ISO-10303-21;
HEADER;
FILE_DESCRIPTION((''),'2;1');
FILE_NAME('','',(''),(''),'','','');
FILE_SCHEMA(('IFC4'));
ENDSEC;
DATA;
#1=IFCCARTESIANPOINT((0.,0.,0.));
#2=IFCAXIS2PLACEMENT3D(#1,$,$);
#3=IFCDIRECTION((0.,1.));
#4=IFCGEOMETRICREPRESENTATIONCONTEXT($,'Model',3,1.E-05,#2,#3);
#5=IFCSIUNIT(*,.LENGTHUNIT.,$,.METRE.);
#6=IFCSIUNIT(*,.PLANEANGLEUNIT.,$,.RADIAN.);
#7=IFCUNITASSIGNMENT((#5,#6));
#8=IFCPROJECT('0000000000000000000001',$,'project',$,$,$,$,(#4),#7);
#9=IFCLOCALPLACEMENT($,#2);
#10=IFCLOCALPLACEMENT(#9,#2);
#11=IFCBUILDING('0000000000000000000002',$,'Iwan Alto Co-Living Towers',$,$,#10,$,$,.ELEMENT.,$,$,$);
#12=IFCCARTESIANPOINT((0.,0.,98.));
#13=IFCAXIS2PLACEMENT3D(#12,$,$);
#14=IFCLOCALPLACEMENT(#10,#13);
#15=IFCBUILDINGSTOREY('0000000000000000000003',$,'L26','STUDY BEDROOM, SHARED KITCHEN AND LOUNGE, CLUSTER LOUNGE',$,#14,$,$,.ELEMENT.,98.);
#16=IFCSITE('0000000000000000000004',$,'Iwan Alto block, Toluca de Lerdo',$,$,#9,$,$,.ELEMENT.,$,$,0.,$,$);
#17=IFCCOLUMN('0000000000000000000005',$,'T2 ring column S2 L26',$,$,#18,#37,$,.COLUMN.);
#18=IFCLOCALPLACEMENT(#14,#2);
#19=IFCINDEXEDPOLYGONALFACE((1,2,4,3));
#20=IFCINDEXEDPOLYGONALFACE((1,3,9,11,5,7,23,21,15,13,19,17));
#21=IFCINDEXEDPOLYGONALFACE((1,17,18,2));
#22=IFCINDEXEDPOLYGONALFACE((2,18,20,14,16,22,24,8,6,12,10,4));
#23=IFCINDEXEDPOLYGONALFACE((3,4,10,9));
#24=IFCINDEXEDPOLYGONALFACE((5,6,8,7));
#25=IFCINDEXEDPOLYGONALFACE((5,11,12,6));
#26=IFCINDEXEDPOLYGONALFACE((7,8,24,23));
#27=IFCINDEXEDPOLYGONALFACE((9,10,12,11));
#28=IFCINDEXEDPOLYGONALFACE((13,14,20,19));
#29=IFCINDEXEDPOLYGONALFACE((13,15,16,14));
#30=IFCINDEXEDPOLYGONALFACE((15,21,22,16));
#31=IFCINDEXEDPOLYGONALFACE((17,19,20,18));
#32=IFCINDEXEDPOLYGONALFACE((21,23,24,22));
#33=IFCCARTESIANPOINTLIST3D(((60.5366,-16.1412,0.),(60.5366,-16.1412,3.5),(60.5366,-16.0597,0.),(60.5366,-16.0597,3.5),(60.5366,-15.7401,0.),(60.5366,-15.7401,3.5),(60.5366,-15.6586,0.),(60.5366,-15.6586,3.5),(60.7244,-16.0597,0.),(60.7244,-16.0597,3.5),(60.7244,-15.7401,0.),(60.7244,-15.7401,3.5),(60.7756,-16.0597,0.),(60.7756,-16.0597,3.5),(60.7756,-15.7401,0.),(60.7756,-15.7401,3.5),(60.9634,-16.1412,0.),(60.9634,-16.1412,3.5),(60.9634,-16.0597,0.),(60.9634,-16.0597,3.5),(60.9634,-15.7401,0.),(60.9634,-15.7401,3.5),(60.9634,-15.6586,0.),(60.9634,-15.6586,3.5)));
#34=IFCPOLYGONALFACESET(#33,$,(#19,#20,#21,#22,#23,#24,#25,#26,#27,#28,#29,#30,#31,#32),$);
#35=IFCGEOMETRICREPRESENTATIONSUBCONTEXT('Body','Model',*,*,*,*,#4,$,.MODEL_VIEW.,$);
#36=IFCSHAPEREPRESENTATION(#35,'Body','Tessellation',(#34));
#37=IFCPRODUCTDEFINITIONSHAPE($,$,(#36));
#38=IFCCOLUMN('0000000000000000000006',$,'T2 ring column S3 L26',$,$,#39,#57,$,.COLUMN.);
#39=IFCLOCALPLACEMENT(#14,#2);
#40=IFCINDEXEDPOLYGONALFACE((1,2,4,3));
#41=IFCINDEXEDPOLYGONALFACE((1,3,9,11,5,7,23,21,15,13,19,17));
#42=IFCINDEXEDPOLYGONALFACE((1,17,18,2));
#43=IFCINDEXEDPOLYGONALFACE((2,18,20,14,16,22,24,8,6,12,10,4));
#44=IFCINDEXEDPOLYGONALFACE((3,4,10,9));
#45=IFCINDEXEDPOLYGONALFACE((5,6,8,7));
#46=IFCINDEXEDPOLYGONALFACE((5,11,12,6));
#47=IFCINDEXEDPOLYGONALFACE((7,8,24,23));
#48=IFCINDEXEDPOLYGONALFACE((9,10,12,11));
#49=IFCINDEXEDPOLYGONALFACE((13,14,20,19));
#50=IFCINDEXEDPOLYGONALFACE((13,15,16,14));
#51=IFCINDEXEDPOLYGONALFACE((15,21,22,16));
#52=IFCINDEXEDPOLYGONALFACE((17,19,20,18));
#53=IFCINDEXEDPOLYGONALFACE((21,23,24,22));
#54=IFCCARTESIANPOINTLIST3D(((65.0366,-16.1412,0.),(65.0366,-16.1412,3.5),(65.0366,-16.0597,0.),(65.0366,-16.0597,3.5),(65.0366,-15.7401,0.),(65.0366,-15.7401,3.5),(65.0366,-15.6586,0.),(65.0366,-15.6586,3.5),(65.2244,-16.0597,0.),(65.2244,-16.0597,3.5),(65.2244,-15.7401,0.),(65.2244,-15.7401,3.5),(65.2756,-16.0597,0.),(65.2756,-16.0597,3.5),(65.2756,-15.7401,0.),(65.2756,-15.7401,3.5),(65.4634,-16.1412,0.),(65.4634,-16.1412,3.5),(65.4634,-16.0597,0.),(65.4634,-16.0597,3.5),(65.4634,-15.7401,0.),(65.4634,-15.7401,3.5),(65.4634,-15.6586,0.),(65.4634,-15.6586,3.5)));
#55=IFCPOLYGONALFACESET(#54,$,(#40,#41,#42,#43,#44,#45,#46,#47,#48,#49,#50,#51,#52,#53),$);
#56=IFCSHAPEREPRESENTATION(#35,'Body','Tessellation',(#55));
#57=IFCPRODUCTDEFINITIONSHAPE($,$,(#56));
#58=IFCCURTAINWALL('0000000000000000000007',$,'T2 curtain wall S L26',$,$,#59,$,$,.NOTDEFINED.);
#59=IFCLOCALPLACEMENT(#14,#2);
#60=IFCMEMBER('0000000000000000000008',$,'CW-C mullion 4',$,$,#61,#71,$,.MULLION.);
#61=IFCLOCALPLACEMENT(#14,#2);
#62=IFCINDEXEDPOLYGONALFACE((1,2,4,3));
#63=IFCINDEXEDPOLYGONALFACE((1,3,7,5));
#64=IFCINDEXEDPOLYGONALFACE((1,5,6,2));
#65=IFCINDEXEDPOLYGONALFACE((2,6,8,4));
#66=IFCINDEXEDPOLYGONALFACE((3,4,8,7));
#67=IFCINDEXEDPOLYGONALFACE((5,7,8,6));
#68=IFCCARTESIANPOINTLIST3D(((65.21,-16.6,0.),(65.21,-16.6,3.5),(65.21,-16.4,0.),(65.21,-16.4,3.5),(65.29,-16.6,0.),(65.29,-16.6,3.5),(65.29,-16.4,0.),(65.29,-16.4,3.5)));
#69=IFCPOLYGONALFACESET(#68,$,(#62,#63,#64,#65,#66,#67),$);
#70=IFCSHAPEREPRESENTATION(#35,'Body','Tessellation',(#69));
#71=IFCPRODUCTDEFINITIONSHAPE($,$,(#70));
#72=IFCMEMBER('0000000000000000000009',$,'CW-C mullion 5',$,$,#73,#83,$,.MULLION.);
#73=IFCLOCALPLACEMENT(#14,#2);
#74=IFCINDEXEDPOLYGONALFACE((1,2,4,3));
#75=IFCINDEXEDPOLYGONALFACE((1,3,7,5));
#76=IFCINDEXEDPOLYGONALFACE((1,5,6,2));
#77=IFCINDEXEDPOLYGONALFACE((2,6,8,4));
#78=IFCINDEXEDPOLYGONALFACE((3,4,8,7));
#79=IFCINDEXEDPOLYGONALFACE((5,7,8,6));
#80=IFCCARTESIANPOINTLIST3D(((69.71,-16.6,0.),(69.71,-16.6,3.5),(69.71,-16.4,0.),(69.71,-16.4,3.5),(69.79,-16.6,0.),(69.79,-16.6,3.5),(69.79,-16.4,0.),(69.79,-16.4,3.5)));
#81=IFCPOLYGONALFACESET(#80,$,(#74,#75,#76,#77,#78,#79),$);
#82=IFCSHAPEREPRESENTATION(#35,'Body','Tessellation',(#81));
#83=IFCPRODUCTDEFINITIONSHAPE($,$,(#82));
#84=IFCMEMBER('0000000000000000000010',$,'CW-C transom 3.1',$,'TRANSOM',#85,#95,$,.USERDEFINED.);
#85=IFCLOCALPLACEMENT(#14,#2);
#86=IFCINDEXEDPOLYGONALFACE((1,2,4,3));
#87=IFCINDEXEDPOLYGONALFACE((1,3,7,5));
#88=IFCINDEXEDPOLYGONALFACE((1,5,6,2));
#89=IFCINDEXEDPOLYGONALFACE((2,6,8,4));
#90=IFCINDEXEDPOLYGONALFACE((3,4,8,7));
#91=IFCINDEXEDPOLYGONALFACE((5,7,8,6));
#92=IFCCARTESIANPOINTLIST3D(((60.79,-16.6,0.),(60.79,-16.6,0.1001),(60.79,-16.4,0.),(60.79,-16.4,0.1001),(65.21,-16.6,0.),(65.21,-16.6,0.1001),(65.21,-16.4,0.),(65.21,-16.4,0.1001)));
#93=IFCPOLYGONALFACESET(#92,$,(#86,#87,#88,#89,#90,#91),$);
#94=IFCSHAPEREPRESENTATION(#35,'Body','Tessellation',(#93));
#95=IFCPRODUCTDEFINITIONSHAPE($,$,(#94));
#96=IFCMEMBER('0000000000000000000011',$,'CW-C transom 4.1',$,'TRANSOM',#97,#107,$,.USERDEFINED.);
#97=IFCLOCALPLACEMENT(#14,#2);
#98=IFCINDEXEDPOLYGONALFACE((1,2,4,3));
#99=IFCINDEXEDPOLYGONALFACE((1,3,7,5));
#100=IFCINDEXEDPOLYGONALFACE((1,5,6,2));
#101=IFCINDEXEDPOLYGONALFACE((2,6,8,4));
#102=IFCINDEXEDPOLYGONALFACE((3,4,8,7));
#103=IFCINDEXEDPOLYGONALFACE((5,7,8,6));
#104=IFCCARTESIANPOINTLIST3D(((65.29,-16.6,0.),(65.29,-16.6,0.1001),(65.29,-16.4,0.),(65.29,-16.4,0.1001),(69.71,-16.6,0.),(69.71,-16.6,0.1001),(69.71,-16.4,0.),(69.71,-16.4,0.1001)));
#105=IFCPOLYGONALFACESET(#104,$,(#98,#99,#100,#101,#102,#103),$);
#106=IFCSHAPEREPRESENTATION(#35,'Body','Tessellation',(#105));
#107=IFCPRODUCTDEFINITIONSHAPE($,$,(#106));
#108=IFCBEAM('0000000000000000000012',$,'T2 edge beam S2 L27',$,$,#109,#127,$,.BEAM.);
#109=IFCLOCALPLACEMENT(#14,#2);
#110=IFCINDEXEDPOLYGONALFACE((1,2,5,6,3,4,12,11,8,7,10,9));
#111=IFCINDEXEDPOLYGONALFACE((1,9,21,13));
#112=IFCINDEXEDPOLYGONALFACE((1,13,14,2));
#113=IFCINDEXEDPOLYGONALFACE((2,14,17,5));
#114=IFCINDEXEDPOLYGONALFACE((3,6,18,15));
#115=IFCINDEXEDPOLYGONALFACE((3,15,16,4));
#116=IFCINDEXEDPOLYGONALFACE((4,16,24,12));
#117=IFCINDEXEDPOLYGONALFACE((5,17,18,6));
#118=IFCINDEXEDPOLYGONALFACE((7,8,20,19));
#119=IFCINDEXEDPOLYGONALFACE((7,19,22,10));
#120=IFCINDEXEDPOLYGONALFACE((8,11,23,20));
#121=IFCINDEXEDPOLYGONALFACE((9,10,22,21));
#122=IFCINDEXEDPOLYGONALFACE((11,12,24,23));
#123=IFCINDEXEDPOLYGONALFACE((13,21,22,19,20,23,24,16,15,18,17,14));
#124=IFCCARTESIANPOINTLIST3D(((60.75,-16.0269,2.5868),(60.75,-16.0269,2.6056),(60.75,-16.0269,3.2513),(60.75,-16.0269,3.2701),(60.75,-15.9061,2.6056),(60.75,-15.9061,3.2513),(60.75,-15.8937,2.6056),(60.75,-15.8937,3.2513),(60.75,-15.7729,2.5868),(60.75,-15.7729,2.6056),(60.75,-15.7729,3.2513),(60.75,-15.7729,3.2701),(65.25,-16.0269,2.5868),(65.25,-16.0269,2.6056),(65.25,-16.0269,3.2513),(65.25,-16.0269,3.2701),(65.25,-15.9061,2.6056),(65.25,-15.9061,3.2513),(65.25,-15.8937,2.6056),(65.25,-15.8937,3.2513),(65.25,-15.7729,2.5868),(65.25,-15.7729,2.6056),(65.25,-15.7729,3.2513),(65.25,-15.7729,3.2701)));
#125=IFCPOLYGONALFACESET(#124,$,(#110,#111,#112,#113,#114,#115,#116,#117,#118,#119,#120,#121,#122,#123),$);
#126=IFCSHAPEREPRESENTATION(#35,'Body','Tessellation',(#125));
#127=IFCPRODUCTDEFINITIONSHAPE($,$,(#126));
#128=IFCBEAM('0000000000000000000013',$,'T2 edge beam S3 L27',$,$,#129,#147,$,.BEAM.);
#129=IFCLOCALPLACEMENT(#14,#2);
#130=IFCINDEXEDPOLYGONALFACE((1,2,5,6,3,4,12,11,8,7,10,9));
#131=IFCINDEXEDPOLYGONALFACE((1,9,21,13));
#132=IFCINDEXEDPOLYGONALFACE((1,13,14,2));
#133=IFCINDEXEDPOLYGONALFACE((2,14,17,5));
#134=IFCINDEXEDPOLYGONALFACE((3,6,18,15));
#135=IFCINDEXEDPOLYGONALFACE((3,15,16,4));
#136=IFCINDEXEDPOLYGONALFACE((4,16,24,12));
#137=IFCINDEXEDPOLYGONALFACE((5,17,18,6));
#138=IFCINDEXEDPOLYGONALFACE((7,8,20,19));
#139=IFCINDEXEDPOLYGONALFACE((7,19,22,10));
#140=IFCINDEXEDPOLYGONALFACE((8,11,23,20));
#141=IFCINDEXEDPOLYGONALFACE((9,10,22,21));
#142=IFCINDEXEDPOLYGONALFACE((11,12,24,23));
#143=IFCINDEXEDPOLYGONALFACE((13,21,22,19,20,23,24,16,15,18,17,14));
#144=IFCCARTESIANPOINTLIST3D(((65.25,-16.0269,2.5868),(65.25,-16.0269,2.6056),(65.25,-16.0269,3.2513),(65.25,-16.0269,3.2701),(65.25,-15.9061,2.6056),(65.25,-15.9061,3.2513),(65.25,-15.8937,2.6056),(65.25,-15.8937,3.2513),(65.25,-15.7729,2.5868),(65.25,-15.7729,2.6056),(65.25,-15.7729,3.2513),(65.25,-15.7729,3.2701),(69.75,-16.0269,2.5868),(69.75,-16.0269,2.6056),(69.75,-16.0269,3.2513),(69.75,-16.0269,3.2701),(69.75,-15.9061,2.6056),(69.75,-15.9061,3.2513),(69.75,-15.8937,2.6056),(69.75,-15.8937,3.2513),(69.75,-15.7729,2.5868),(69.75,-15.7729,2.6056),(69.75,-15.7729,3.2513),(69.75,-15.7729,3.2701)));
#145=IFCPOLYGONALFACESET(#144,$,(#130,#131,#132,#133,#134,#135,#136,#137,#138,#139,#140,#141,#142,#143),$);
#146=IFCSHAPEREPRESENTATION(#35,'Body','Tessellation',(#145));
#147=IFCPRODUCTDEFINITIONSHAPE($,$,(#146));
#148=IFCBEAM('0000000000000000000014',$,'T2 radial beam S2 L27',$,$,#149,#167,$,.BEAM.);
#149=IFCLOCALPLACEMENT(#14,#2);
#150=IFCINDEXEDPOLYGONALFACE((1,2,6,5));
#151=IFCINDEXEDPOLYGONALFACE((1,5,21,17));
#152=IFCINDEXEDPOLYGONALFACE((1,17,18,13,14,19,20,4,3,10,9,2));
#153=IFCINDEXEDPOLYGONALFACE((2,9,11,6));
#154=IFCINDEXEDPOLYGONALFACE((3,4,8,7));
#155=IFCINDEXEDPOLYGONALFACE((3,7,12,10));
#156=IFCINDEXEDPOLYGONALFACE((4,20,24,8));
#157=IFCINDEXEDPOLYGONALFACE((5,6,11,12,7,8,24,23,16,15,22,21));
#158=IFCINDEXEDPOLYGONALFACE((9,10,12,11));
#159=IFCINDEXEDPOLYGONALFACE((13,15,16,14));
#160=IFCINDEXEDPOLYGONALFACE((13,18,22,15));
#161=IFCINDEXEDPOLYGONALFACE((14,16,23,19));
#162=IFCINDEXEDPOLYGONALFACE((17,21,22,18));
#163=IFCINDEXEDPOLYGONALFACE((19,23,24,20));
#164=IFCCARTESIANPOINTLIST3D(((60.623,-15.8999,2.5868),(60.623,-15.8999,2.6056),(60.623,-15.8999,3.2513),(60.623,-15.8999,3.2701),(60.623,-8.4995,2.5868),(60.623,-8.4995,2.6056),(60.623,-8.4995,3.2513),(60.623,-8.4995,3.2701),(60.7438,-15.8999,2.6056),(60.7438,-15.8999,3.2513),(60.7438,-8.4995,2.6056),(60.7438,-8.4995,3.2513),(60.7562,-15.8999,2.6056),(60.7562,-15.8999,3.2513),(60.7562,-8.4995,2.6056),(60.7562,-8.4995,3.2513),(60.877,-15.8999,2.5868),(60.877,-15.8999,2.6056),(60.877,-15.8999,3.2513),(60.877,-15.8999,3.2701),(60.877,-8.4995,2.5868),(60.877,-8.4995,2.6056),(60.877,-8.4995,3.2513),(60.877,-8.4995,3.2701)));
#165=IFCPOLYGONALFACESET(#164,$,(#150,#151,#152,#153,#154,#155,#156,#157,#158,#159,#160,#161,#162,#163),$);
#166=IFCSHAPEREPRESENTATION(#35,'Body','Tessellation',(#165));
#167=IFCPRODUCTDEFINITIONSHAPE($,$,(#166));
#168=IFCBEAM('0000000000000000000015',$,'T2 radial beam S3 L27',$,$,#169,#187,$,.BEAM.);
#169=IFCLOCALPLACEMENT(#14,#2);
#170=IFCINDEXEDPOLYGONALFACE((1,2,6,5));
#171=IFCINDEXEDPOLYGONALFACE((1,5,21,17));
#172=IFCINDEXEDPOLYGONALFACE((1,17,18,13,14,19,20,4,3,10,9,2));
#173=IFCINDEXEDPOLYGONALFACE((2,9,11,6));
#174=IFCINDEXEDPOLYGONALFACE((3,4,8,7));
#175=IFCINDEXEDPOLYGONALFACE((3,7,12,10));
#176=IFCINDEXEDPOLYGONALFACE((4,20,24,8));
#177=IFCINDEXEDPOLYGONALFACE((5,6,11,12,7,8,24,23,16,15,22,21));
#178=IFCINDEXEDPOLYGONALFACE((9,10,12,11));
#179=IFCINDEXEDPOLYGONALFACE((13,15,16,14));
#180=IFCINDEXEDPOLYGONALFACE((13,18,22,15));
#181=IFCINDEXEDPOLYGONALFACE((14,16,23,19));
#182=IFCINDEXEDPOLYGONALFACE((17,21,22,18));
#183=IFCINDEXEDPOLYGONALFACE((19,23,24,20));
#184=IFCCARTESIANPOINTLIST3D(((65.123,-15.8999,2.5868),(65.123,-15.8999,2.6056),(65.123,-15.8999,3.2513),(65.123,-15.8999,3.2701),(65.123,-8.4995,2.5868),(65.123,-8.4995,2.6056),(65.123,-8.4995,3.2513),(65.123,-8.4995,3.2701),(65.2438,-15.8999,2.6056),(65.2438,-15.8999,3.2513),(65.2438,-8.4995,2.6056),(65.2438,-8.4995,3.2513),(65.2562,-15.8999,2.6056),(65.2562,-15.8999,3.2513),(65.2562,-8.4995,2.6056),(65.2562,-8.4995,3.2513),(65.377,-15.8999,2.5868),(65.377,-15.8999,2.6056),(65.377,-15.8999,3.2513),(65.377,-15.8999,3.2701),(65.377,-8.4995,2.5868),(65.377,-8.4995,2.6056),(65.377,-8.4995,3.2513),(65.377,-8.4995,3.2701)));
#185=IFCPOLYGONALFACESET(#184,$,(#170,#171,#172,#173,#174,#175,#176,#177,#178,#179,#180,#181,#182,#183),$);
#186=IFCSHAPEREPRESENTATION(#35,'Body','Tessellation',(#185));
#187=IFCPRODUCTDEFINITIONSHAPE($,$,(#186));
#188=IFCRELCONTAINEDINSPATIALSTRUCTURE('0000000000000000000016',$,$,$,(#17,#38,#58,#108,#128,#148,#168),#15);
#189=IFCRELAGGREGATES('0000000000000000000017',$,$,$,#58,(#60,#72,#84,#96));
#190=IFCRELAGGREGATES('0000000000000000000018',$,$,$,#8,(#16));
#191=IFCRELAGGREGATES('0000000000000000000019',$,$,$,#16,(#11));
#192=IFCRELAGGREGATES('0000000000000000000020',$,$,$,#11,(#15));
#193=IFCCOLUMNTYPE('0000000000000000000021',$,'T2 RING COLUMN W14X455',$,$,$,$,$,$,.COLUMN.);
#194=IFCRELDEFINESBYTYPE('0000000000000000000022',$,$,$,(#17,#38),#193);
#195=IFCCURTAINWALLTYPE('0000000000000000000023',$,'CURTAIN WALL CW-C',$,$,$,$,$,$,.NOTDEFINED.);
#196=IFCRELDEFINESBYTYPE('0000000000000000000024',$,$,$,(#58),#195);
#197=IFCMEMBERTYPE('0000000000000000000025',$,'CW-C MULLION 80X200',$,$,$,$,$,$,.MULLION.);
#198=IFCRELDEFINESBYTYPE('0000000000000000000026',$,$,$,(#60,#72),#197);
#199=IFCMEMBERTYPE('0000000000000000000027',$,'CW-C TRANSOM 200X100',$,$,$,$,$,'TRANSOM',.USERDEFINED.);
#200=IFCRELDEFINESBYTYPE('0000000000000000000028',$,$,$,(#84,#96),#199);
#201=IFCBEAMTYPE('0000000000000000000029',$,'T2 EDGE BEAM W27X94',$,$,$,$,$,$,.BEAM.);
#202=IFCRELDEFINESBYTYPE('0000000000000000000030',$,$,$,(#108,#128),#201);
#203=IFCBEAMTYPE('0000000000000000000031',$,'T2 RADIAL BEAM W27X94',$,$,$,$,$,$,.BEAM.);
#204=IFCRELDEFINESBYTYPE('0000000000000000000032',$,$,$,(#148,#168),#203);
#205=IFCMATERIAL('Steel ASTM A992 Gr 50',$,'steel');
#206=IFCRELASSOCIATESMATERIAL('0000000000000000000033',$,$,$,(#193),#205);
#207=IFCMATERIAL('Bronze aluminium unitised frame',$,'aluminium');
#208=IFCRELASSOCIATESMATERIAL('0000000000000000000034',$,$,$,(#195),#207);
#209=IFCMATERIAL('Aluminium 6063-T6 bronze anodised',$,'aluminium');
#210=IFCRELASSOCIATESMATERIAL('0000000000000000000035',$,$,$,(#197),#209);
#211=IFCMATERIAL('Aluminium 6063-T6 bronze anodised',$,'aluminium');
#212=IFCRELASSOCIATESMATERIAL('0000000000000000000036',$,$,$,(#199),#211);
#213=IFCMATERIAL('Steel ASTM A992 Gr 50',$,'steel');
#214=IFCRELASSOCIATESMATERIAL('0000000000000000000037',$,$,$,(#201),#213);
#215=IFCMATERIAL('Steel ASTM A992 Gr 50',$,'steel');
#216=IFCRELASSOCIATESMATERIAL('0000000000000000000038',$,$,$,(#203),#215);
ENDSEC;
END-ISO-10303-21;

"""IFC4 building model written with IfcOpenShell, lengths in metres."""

from ifc_helpers import new_model, si_unit, direction, frame, origin, origin_2d, place, context, subcontext, project, spatial, rectangle, i_section, extrude, material, material_profile, profile_set, type_object, element, aggregate, save


model = new_model("IFC4")

# Units and contexts
model_context = context("Model", 3, precision=1e-05, world=origin(), true_north=direction((0.0, 1.0)))
body_context = subcontext(model_context, "Body", "Model", "MODEL_VIEW")
ifc_project = project(units=[si_unit("LENGTHUNIT", "METRE"), si_unit("PLANEANGLEUNIT", "RADIAN")], contexts=[model_context])

# Site, building, storey
site_placement = place(None, origin())
site = spatial("IfcSite", under=ifc_project, at=site_placement, Name="Iwan Alto block, Toluca de Lerdo", CompositionType="ELEMENT", RefElevation=0.0)
building_placement = place(site_placement, origin())
building = spatial("IfcBuilding", under=site, at=building_placement, Name="Iwan Alto Co-Living Towers", CompositionType="ELEMENT")
storey_placement = place(building_placement, frame((0.0, 0.0, 98.0)))
storey = spatial("IfcBuildingStorey", under=building, at=storey_placement, Name="L26", Description="STUDY BEDROOM, SHARED KITCHEN AND LOUNGE, CLUSTER LOUNGE", CompositionType="ELEMENT", Elevation=98.0)

# Columns
ifc_material_1 = material(Name="Steel ASTM A992 Gr 50", Category="steel")
ifc_material_profile_1 = material_profile(ifc_material_1, i_section(OverallWidth=0.4268, OverallDepth=0.4827, WebThickness=0.0513, FlangeThickness=0.0815, at=origin_2d()), Name="W14X455")
ifc_profile_set_1 = profile_set([ifc_material_profile_1], Name="Steel ASTM A992 Gr 50")
column_type = type_object("IfcColumnType", Name="T2 RING COLUMN W14X455", PredefinedType="COLUMN", material=ifc_profile_set_1)
for number, where, z_axis, x_axis, name in (
    (1, (60.75, -15.8999, 0.0), (0.0, 0.0, 1.0), (1.0, 0.0, 0.0), "T2 ring column S2 L26"),
    (2, (65.25, -15.8999, 0.0), (0.0, 0.0, 1.0), (1.0, 0.0, 0.0), "T2 ring column S3 L26"),
):
    element("IfcColumn", number, at=place(storey_placement, frame(where, z_axis=z_axis, x_axis=x_axis)), inside=storey, type_object=column_type, Name=name, PredefinedType="COLUMN", context=body_context, shape_type="SweptSolid", body=[
        extrude(i_section(OverallWidth=0.4268, OverallDepth=0.4827, WebThickness=0.0513, FlangeThickness=0.0815, at=origin_2d()), origin(), (0.0, 0.0, 1.0), 3.5),
    ])

# Curtain wall, members
ifc_material_2 = material(Name="Bronze aluminium unitised frame", Category="aluminium")
curtain_wall_type = type_object("IfcCurtainWallType", Name="CURTAIN WALL CW-C", PredefinedType="NOTDEFINED", material=ifc_material_2)
curtain_wall_placement = place(storey_placement, origin())
curtain_wall = element("IfcCurtainWall", 3, at=curtain_wall_placement, inside=storey, type_object=curtain_wall_type, Name="T2 curtain wall S L26", PredefinedType="NOTDEFINED")
ifc_material_3 = material(Name="Aluminium 6063-T6 bronze anodised", Category="aluminium")
ifc_material_profile_2 = material_profile(ifc_material_3, rectangle(XDim=0.2, YDim=0.0801, at=origin_2d()), Name="AL 80X200")
ifc_profile_set_2 = profile_set([ifc_material_profile_2], Name="Aluminium 6063-T6 bronze anodised")
member_type_1 = type_object("IfcMemberType", Name="CW-C MULLION 80X200", PredefinedType="MULLION", material=ifc_profile_set_2)
member_1_placement = place(storey_placement, frame((65.25, -16.5, 0.0), z_axis=(0.0, 0.0, 1.0), x_axis=(0.0, 1.0, 0.0)))
member_1 = element("IfcMember", 4, at=member_1_placement, type_object=member_type_1, Name="CW-C mullion 4", PredefinedType="MULLION", context=body_context, shape_type="SweptSolid", body=[
    extrude(rectangle(XDim=0.2, YDim=0.0801, at=origin_2d()), origin(), (0.0, 0.0, 1.0), 3.5),
])
member_2_placement = place(storey_placement, frame((69.75, -16.5, 0.0), z_axis=(0.0, 0.0, 1.0), x_axis=(0.0, 1.0, 0.0)))
member_2 = element("IfcMember", 5, at=member_2_placement, type_object=member_type_1, Name="CW-C mullion 5", PredefinedType="MULLION", context=body_context, shape_type="SweptSolid", body=[
    extrude(rectangle(XDim=0.2, YDim=0.0801, at=origin_2d()), origin(), (0.0, 0.0, 1.0), 3.5),
])
ifc_material_4 = material(Name="Aluminium 6063-T6 bronze anodised", Category="aluminium")
ifc_material_profile_3 = material_profile(ifc_material_4, rectangle(XDim=0.2, YDim=0.1001, at=origin_2d()), Name="AL 200X100")
ifc_profile_set_3 = profile_set([ifc_material_profile_3], Name="Aluminium 6063-T6 bronze anodised")
member_type_2 = type_object("IfcMemberType", Name="CW-C TRANSOM 200X100", ElementType="TRANSOM", PredefinedType="USERDEFINED", material=ifc_profile_set_3)
member_3_placement = place(storey_placement, frame((60.79, -16.5, 0.05), z_axis=(1.0, 0.0, 0.0), x_axis=(0.0, 1.0, 0.0)))
member_3 = element("IfcMember", 6, at=member_3_placement, type_object=member_type_2, Name="CW-C transom 3.1", ObjectType="TRANSOM", PredefinedType="USERDEFINED", context=body_context, shape_type="SweptSolid", body=[
    extrude(rectangle(XDim=0.2, YDim=0.1001, at=origin_2d()), origin(), (0.0, 0.0, 1.0), 4.4199),
])
member_4_placement = place(storey_placement, frame((65.29, -16.5, 0.05), z_axis=(1.0, 0.0, 0.0), x_axis=(0.0, 1.0, 0.0)))
member_4 = element("IfcMember", 7, at=member_4_placement, type_object=member_type_2, Name="CW-C transom 4.1", ObjectType="TRANSOM", PredefinedType="USERDEFINED", context=body_context, shape_type="SweptSolid", body=[
    extrude(rectangle(XDim=0.2, YDim=0.1001, at=origin_2d()), origin(), (0.0, 0.0, 1.0), 4.4199),
])

# Beams
ifc_material_5 = material(Name="Steel ASTM A992 Gr 50", Category="steel")
ifc_material_profile_4 = material_profile(ifc_material_5, i_section(OverallWidth=0.2539, OverallDepth=0.6833, WebThickness=0.0125, FlangeThickness=0.0188, at=origin_2d()), Name="W27X94")
ifc_profile_set_4 = profile_set([ifc_material_profile_4], Name="Steel ASTM A992 Gr 50")
beam_type_1 = type_object("IfcBeamType", Name="T2 EDGE BEAM W27X94", PredefinedType="BEAM", material=ifc_profile_set_4)
for number, where, z_axis, x_axis, name in (
    (8, (60.75, -15.8999, 2.9285), (1.0, 0.0, 0.0), (0.0, 1.0, 0.0), "T2 edge beam S2 L27"),
    (9, (65.25, -15.8999, 2.9285), (1.0, 0.0, 0.0), (0.0, 1.0, 0.0), "T2 edge beam S3 L27"),
):
    element("IfcBeam", number, at=place(storey_placement, frame(where, z_axis=z_axis, x_axis=x_axis)), inside=storey, type_object=beam_type_1, Name=name, PredefinedType="BEAM", context=body_context, shape_type="SweptSolid", body=[
        extrude(i_section(OverallWidth=0.2539, OverallDepth=0.6833, WebThickness=0.0125, FlangeThickness=0.0188, at=origin_2d()), origin(), (0.0, 0.0, 1.0), 4.5),
    ])
ifc_material_6 = material(Name="Steel ASTM A992 Gr 50", Category="steel")
ifc_material_profile_5 = material_profile(ifc_material_6, i_section(OverallWidth=0.2539, OverallDepth=0.6833, WebThickness=0.0125, FlangeThickness=0.0188, at=origin_2d()), Name="W27X94")
ifc_profile_set_5 = profile_set([ifc_material_profile_5], Name="Steel ASTM A992 Gr 50")
beam_type_2 = type_object("IfcBeamType", Name="T2 RADIAL BEAM W27X94", PredefinedType="BEAM", material=ifc_profile_set_5)
for number, where, z_axis, x_axis, name in (
    (10, (60.75, -15.8999, 2.9285), (0.0, 1.0, 0.0), (-1.0, 0.0, 0.0), "T2 radial beam S2 L27"),
    (11, (65.25, -15.8999, 2.9285), (0.0, 1.0, 0.0), (-1.0, 0.0, 0.0), "T2 radial beam S3 L27"),
):
    element("IfcBeam", number, at=place(storey_placement, frame(where, z_axis=z_axis, x_axis=x_axis)), inside=storey, type_object=beam_type_2, Name=name, PredefinedType="BEAM", context=body_context, shape_type="SweptSolid", body=[
        extrude(i_section(OverallWidth=0.2539, OverallDepth=0.6833, WebThickness=0.0125, FlangeThickness=0.0188, at=origin_2d()), origin(), (0.0, 0.0, 1.0), 7.4004),
    ])

aggregate(curtain_wall, [member_1, member_2, member_3, member_4])

save(model, "model.ifc")
